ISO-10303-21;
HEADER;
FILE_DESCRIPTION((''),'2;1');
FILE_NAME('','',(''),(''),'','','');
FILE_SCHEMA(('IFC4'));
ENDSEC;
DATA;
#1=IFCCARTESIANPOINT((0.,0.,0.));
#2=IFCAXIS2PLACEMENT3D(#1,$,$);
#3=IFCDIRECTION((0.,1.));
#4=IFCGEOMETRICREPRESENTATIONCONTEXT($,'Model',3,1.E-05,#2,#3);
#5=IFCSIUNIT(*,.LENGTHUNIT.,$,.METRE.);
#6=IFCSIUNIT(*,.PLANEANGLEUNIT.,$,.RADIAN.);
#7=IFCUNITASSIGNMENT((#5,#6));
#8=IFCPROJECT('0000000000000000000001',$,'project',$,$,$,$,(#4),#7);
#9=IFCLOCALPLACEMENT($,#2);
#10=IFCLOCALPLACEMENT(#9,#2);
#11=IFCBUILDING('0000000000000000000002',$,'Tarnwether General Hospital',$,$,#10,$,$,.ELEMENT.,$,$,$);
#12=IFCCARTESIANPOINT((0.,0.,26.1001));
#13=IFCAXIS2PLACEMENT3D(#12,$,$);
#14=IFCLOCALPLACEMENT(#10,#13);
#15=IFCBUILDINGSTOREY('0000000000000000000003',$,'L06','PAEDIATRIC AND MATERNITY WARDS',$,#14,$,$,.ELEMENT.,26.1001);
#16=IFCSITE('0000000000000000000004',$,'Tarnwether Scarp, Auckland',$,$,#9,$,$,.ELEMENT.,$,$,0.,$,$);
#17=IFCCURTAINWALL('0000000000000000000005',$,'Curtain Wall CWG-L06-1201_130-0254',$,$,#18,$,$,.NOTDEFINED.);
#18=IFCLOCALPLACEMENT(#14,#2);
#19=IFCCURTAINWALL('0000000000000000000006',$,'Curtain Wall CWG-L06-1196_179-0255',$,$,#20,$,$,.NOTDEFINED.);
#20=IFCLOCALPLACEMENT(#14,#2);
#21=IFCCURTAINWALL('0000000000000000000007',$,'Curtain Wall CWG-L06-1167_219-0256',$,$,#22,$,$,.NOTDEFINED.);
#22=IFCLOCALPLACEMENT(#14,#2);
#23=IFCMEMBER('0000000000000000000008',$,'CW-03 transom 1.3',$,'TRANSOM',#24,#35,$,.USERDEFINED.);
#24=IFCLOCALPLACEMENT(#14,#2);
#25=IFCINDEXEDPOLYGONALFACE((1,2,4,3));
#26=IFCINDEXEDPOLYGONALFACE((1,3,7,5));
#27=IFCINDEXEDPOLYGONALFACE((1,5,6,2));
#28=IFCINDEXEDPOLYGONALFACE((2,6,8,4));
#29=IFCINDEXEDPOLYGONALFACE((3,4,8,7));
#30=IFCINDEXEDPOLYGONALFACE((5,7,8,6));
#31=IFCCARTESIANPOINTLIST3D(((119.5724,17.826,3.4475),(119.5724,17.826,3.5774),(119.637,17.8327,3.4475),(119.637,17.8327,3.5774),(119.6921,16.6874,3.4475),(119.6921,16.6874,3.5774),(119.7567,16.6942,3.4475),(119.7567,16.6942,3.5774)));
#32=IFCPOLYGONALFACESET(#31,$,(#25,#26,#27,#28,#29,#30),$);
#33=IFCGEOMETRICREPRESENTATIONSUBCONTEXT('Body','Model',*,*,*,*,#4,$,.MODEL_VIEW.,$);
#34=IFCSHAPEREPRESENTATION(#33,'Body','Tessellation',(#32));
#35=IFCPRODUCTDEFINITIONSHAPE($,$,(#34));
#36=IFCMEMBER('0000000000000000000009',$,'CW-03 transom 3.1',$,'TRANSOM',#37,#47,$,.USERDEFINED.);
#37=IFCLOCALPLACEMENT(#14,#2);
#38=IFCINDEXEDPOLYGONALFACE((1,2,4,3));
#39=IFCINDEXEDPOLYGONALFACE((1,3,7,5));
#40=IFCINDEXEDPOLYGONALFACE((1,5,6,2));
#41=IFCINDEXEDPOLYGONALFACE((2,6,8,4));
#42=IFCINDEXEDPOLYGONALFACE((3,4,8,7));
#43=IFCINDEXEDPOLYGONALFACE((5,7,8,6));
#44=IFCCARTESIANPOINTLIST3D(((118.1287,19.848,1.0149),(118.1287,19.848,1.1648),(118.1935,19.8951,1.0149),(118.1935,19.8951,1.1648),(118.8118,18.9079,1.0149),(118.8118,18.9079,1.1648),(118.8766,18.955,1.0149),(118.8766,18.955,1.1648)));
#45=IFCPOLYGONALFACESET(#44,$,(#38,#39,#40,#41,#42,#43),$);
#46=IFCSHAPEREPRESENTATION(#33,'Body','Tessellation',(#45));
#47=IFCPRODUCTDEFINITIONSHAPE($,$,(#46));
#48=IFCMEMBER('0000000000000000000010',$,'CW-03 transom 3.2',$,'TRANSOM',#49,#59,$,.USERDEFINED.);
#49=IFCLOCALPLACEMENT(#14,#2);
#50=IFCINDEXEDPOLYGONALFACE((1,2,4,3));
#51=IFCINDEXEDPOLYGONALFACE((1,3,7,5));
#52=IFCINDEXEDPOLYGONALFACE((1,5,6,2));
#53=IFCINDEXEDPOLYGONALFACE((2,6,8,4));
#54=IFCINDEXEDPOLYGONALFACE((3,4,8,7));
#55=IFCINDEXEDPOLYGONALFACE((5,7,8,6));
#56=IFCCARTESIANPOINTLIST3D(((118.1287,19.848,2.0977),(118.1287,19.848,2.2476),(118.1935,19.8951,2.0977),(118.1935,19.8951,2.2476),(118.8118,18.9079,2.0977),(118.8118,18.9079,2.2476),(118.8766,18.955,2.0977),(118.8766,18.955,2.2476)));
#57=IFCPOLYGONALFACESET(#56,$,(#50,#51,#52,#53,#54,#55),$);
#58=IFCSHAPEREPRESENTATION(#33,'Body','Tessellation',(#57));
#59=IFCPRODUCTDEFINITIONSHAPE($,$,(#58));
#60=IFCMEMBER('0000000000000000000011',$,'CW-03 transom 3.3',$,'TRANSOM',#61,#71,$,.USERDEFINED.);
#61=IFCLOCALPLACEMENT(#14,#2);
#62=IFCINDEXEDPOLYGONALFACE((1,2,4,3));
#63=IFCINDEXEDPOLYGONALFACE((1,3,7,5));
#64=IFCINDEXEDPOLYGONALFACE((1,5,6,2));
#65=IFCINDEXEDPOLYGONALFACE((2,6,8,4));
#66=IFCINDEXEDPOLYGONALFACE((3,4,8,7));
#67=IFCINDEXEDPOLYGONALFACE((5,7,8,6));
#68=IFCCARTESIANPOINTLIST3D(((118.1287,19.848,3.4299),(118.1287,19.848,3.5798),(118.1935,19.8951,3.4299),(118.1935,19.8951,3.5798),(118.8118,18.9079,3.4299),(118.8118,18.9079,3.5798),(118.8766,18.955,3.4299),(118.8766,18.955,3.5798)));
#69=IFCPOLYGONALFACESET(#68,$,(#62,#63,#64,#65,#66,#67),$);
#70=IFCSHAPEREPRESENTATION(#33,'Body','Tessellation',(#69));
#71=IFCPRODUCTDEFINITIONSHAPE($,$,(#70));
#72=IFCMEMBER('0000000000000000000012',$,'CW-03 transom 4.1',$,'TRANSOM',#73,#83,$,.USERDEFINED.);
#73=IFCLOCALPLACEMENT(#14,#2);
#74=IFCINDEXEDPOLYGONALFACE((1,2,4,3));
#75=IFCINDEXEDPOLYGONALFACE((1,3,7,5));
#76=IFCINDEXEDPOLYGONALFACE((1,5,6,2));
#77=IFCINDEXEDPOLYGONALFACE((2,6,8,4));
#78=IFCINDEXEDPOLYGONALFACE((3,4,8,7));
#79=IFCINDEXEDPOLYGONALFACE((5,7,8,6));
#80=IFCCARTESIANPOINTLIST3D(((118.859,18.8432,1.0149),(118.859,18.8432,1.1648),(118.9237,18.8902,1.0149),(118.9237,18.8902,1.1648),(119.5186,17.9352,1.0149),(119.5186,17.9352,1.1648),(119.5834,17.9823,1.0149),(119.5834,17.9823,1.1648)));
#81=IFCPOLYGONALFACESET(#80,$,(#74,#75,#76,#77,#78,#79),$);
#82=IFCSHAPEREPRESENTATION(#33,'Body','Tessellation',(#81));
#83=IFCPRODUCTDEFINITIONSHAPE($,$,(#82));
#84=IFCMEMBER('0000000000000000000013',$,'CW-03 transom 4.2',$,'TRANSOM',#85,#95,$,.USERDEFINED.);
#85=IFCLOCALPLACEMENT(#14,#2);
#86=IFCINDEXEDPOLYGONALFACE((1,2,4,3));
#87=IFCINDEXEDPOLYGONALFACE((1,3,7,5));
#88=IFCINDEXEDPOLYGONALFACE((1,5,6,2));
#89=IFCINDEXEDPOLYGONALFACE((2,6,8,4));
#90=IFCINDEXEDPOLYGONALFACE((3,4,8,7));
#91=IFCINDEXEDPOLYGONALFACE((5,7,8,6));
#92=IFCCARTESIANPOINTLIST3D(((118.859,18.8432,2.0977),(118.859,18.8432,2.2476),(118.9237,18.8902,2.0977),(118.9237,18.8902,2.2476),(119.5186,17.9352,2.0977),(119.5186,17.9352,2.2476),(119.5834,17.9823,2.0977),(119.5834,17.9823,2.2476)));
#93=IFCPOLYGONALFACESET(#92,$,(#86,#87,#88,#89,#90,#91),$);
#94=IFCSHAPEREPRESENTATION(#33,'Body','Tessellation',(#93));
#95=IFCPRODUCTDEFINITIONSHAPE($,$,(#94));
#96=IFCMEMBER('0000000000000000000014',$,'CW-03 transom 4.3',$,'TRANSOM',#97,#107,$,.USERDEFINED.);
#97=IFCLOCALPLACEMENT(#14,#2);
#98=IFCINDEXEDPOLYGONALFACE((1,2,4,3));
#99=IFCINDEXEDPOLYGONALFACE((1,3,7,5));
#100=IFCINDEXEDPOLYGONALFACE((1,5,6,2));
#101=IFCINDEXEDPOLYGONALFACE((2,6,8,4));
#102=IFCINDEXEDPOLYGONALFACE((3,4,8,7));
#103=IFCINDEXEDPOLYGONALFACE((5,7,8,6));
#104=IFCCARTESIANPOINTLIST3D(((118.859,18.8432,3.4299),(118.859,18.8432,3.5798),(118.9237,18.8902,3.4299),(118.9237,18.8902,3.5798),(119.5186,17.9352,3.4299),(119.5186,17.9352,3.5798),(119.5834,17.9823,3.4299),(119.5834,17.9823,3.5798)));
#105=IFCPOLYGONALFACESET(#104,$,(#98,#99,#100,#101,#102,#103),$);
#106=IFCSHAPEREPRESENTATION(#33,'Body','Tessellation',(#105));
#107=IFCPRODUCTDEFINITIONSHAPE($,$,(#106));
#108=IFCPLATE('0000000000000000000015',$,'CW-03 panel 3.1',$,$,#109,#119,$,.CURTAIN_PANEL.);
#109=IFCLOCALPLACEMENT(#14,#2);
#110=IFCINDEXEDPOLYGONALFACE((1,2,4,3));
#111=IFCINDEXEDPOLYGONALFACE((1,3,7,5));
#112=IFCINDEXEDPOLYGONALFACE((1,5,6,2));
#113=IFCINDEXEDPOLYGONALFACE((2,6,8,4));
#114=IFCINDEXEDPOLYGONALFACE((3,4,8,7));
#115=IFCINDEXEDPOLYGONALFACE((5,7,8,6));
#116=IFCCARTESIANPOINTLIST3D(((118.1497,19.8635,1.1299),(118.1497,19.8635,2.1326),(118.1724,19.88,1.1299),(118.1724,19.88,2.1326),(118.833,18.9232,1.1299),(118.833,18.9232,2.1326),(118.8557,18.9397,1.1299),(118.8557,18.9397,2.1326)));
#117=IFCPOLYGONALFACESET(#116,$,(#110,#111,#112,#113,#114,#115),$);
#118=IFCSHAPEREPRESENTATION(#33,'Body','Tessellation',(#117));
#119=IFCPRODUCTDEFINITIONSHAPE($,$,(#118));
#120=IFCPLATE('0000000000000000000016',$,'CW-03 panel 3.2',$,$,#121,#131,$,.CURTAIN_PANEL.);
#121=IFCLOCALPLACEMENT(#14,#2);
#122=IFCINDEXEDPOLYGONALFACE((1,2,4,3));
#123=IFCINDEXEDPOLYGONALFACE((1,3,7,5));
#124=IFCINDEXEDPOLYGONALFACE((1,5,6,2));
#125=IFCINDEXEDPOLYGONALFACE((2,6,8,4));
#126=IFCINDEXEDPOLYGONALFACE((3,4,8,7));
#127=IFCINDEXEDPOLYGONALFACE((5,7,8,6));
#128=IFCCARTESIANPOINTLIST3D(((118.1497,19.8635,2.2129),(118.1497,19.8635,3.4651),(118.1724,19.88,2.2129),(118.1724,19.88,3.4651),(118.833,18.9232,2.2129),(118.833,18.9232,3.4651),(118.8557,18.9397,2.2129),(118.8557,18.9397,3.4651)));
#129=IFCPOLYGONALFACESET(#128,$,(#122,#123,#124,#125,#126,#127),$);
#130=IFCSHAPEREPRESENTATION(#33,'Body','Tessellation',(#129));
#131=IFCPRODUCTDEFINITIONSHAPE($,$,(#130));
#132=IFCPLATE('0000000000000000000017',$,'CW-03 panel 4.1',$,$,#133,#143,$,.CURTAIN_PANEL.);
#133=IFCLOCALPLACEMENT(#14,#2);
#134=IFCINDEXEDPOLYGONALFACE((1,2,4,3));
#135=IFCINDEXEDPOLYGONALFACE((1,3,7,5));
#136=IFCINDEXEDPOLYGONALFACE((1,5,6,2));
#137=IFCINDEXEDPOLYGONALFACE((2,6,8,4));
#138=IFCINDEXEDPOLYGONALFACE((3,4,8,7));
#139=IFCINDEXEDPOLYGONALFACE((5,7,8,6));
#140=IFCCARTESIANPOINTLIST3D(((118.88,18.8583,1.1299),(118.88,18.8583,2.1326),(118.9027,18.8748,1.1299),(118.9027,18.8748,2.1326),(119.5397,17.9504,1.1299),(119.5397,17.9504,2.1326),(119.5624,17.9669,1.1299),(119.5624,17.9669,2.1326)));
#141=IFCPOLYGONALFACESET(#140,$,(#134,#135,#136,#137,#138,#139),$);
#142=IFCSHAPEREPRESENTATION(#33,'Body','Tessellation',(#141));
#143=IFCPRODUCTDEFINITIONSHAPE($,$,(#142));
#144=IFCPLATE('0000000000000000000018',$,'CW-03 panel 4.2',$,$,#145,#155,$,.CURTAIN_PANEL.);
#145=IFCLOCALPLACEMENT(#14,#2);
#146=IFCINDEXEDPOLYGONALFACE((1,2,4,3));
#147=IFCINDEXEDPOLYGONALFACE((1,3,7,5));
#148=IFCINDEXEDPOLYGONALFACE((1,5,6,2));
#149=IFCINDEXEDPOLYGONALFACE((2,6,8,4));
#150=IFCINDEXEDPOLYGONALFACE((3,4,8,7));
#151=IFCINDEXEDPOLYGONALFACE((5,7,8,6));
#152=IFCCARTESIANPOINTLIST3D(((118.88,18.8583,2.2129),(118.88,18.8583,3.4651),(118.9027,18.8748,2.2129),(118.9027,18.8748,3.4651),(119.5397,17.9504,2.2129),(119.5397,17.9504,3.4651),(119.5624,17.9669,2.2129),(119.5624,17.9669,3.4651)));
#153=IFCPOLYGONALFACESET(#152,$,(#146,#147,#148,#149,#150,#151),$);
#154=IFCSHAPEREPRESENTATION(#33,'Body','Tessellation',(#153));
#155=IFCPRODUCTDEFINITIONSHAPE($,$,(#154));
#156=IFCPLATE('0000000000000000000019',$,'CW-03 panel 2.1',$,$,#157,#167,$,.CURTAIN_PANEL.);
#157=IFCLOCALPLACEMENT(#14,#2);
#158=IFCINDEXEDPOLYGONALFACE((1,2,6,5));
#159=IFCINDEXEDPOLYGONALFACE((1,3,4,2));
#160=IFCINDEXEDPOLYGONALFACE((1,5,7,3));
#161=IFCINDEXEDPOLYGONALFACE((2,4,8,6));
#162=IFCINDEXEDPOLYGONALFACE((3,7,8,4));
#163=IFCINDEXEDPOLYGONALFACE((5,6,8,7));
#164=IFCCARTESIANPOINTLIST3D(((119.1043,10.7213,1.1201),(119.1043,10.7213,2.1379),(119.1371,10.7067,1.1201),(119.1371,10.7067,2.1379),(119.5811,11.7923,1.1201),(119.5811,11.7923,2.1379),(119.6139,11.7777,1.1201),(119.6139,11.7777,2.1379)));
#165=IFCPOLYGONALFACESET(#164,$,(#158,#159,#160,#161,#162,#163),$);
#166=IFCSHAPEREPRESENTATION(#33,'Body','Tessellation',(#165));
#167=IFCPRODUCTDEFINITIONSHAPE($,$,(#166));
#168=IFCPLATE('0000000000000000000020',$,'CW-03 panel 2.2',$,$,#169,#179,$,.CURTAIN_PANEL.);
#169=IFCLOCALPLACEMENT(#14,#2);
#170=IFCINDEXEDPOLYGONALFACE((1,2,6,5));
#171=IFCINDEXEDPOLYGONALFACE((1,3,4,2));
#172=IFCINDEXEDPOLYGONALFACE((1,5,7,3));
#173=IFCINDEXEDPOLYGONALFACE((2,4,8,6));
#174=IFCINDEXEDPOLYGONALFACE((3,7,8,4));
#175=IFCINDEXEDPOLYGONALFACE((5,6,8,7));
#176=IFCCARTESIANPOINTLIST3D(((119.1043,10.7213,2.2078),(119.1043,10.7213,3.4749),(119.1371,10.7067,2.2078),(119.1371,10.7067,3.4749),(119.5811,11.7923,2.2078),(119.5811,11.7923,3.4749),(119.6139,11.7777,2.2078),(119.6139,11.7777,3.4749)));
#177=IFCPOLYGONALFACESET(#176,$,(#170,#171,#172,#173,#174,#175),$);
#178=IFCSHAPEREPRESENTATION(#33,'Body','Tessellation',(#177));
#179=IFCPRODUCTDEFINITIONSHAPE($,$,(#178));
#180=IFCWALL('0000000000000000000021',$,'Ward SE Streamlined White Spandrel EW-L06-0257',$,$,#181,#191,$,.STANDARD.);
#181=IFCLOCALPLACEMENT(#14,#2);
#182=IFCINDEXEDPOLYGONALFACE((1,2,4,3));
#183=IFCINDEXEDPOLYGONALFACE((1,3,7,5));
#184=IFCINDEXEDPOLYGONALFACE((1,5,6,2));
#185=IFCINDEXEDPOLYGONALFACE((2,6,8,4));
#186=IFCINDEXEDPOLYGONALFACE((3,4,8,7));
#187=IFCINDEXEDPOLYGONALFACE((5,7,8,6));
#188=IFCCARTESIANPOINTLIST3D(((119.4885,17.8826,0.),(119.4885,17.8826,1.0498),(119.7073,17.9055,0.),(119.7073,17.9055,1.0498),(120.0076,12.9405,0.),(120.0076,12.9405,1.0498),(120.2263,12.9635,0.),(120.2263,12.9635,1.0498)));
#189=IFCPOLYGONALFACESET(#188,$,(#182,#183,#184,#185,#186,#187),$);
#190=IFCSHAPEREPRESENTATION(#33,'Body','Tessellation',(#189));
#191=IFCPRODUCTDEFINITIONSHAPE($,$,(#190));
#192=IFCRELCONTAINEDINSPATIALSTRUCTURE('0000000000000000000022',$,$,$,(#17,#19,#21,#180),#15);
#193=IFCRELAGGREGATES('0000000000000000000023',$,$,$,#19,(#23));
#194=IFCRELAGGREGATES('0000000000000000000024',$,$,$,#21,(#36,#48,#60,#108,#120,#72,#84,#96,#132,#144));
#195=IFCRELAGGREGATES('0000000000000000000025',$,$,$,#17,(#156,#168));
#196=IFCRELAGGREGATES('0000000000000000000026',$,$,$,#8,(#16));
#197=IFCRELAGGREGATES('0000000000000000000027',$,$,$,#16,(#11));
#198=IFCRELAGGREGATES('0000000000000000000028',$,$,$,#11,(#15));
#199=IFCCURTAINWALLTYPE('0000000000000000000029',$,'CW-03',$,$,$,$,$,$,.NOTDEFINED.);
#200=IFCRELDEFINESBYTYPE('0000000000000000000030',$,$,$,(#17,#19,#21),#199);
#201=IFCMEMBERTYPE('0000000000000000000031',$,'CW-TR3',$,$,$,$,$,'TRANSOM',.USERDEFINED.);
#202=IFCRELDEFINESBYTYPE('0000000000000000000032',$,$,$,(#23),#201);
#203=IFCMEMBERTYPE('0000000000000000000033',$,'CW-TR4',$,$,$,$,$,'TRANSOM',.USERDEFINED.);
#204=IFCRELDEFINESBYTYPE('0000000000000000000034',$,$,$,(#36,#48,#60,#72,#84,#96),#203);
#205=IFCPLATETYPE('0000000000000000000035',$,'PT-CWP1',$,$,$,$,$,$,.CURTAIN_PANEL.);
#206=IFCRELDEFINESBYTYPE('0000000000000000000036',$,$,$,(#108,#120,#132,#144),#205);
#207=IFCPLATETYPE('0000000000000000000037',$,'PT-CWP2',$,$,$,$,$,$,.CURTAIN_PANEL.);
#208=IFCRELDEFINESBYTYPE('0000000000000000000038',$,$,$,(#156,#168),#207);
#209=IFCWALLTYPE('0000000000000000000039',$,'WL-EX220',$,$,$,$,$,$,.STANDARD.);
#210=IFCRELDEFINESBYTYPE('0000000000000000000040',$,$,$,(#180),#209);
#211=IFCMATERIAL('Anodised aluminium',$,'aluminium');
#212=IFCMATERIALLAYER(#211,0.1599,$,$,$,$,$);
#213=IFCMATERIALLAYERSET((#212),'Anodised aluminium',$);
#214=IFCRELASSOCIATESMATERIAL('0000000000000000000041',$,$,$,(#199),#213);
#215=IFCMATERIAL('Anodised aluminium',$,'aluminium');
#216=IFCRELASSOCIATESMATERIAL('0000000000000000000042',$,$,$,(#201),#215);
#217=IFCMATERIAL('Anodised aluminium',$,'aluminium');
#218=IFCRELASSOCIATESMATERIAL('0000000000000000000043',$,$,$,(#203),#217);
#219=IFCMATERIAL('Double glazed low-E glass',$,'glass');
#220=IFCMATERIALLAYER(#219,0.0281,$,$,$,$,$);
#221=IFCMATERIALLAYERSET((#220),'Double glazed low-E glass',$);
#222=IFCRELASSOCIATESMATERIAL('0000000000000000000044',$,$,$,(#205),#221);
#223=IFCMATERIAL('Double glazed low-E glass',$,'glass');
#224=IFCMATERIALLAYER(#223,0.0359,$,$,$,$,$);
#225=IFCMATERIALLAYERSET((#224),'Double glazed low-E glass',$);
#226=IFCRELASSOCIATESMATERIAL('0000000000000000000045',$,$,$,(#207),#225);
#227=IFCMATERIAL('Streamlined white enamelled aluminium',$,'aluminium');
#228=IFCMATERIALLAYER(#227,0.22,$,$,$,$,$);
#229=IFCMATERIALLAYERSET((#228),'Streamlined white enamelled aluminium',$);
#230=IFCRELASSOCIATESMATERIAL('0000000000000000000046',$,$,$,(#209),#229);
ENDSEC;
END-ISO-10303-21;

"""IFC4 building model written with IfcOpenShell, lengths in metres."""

from ifc_helpers import new_model, si_unit, direction, frame, frame_2d, origin, origin_2d, place, context, subcontext, project, spatial, rectangle, extrude, material, layer, layer_set, material_profile, profile_set, type_object, element, aggregate, save


model = new_model("IFC4")

# Units and contexts
model_context = context("Model", 3, precision=1e-05, world=origin(), true_north=direction((0.0, 1.0)))
body_context = subcontext(model_context, "Body", "Model", "MODEL_VIEW")
ifc_project = project(units=[si_unit("LENGTHUNIT", "METRE"), si_unit("PLANEANGLEUNIT", "RADIAN")], contexts=[model_context])

# Site, building, storey
site_placement = place(None, origin())
site = spatial("IfcSite", under=ifc_project, at=site_placement, Name="Tarnwether Scarp, Auckland", CompositionType="ELEMENT", RefElevation=0.0)
building_placement = place(site_placement, origin())
building = spatial("IfcBuilding", under=site, at=building_placement, Name="Tarnwether General Hospital", CompositionType="ELEMENT")
storey_placement = place(building_placement, frame((0.0, 0.0, 26.1001)))
storey = spatial("IfcBuildingStorey", under=building, at=storey_placement, Name="L06", Description="PAEDIATRIC AND MATERNITY WARDS", CompositionType="ELEMENT", Elevation=26.1001)

# Curtain walls
ifc_material_1 = material(Name="Anodised aluminium", Category="aluminium")
ifc_layer_1 = layer(ifc_material_1, 0.1599)
ifc_layer_set_1 = layer_set([ifc_layer_1], Name="Anodised aluminium")
curtain_wall_type = type_object("IfcCurtainWallType", Name="CW-03", PredefinedType="NOTDEFINED", material=ifc_layer_set_1)
curtain_wall_1_placement = place(storey_placement, origin())
curtain_wall_1 = element("IfcCurtainWall", 1, at=curtain_wall_1_placement, inside=storey, type_object=curtain_wall_type, Name="Curtain Wall CWG-L06-1201_130-0254", PredefinedType="NOTDEFINED")
curtain_wall_2_placement = place(storey_placement, origin())
curtain_wall_2 = element("IfcCurtainWall", 2, at=curtain_wall_2_placement, inside=storey, type_object=curtain_wall_type, Name="Curtain Wall CWG-L06-1196_179-0255", PredefinedType="NOTDEFINED")

# Curtain wall
curtain_wall_3_placement = place(storey_placement, origin())
curtain_wall_3 = element("IfcCurtainWall", 3, at=curtain_wall_3_placement, inside=storey, type_object=curtain_wall_type, Name="Curtain Wall CWG-L06-1167_219-0256", PredefinedType="NOTDEFINED")

# Members
ifc_material_2 = material(Name="Anodised aluminium", Category="aluminium")
ifc_material_profile_1 = material_profile(ifc_material_2, rectangle(XDim=0.0649, YDim=0.1299, at=origin_2d()), Name="ALU-TRN-65x130")
ifc_profile_set_1 = profile_set([ifc_material_profile_1], Name="Anodised aluminium")
member_type_1 = type_object("IfcMemberType", Name="CW-TR3", ElementType="TRANSOM", PredefinedType="USERDEFINED", material=ifc_profile_set_1)
member_1_placement = place(storey_placement, frame((119.6047, 17.8293, 3.5125), z_axis=(0.104507, -0.994524, 0.0), x_axis=(0.994524, 0.104507, 0.0)))
member_1 = element("IfcMember", 4, at=member_1_placement, type_object=member_type_1, Name="CW-03 transom 1.3", ObjectType="TRANSOM", PredefinedType="USERDEFINED", context=body_context, shape_type="SweptSolid", body=[
    extrude(rectangle(XDim=0.0649, YDim=0.1299, at=origin_2d()), origin(), (0.0, 0.0, 1.0), 1.1448),
])
aggregate(curtain_wall_2, [member_1])
ifc_material_3 = material(Name="Anodised aluminium", Category="aluminium")
ifc_material_profile_2 = material_profile(ifc_material_3, rectangle(XDim=0.0801, YDim=0.1499, at=origin_2d()), Name="ALU-TRN-80x150")
ifc_profile_set_2 = profile_set([ifc_material_profile_2], Name="Anodised aluminium")
member_type_2 = type_object("IfcMemberType", Name="CW-TR4", ElementType="TRANSOM", PredefinedType="USERDEFINED", material=ifc_profile_set_2)
member_2_placement = place(storey_placement, frame((118.1611, 19.8716, 1.0898), z_axis=(0.587797, -0.809009, 0.0), x_axis=(0.809009, 0.587797, 0.0)))
member_2 = element("IfcMember", 5, at=member_2_placement, type_object=member_type_2, Name="CW-03 transom 3.1", ObjectType="TRANSOM", PredefinedType="USERDEFINED", context=body_context, shape_type="SweptSolid", body=[
    extrude(rectangle(XDim=0.0801, YDim=0.1499, at=origin_2d()), origin(), (0.0, 0.0, 1.0), 1.1621),
])
member_3_placement = place(storey_placement, frame((118.1611, 19.8716, 2.1726), z_axis=(0.587797, -0.809009, 0.0), x_axis=(0.809009, 0.587797, 0.0)))
member_3 = element("IfcMember", 6, at=member_3_placement, type_object=member_type_2, Name="CW-03 transom 3.2", ObjectType="TRANSOM", PredefinedType="USERDEFINED", context=body_context, shape_type="SweptSolid", body=[
    extrude(rectangle(XDim=0.0801, YDim=0.1499, at=origin_2d()), origin(), (0.0, 0.0, 1.0), 1.1621),
])
member_4_placement = place(storey_placement, frame((118.1611, 19.8716, 3.5049), z_axis=(0.587797, -0.809009, 0.0), x_axis=(0.809009, 0.587797, 0.0)))
member_4 = element("IfcMember", 7, at=member_4_placement, type_object=member_type_2, Name="CW-03 transom 3.3", ObjectType="TRANSOM", PredefinedType="USERDEFINED", context=body_context, shape_type="SweptSolid", body=[
    extrude(rectangle(XDim=0.0801, YDim=0.1499, at=origin_2d()), origin(), (0.0, 0.0, 1.0), 1.1621),
])
member_5_placement = place(storey_placement, frame((118.8914, 18.8667, 1.0898), z_axis=(0.587784, -0.809018, 0.0), x_axis=(0.809018, 0.587784, 0.0)))
member_5 = element("IfcMember", 8, at=member_5_placement, type_object=member_type_2, Name="CW-03 transom 4.1", ObjectType="TRANSOM", PredefinedType="USERDEFINED", context=body_context, shape_type="SweptSolid", body=[
    extrude(rectangle(XDim=0.0801, YDim=0.1499, at=origin_2d()), origin(), (0.0, 0.0, 1.0), 1.1223),
])
member_6_placement = place(storey_placement, frame((118.8914, 18.8667, 2.1726), z_axis=(0.587784, -0.809018, 0.0), x_axis=(0.809018, 0.587784, 0.0)))
member_6 = element("IfcMember", 9, at=member_6_placement, type_object=member_type_2, Name="CW-03 transom 4.2", ObjectType="TRANSOM", PredefinedType="USERDEFINED", context=body_context, shape_type="SweptSolid", body=[
    extrude(rectangle(XDim=0.0801, YDim=0.1499, at=origin_2d()), origin(), (0.0, 0.0, 1.0), 1.1223),
])
member_7_placement = place(storey_placement, frame((118.8914, 18.8667, 3.5049), z_axis=(0.587784, -0.809018, 0.0), x_axis=(0.809018, 0.587784, 0.0)))
member_7 = element("IfcMember", 10, at=member_7_placement, type_object=member_type_2, Name="CW-03 transom 4.3", ObjectType="TRANSOM", PredefinedType="USERDEFINED", context=body_context, shape_type="SweptSolid", body=[
    extrude(rectangle(XDim=0.0801, YDim=0.1499, at=origin_2d()), origin(), (0.0, 0.0, 1.0), 1.1223),
])

# Plates
ifc_material_4 = material(Name="Double glazed low-E glass", Category="glass")
ifc_layer_2 = layer(ifc_material_4, 0.0281)
ifc_layer_set_2 = layer_set([ifc_layer_2], Name="Double glazed low-E glass")
plate_type_1 = type_object("IfcPlateType", Name="PT-CWP1", PredefinedType="CURTAIN_PANEL", material=ifc_layer_set_2)
plate_1_placement = place(storey_placement, frame((118.5027, 19.4016, 1.1299), z_axis=(0.0, 0.0, 1.0), x_axis=(0.587825, -0.808988, 0.0)))
plate_1 = element("IfcPlate", 11, at=plate_1_placement, type_object=plate_type_1, Name="CW-03 panel 3.1", PredefinedType="CURTAIN_PANEL", context=body_context, shape_type="SweptSolid", body=[
    extrude(rectangle(XDim=1.1624, YDim=0.0281, at=origin_2d()), origin(), (0.0, 0.0, 1.0), 1.0027),
])
plate_2_placement = place(storey_placement, frame((118.5027, 19.4016, 2.2129), z_axis=(0.0, 0.0, 1.0), x_axis=(0.587825, -0.808988, 0.0)))
plate_2 = element("IfcPlate", 12, at=plate_2_placement, type_object=plate_type_1, Name="CW-03 panel 3.2", PredefinedType="CURTAIN_PANEL", context=body_context, shape_type="SweptSolid", body=[
    extrude(rectangle(XDim=1.1624, YDim=0.0281, at=origin_2d()), origin(), (0.0, 0.0, 1.0), 1.2522),
])
plate_3_placement = place(storey_placement, frame((119.2212, 18.4126, 1.1299), z_axis=(0.0, 0.0, 1.0), x_axis=(0.587825, -0.808988, 0.0)))
plate_3 = element("IfcPlate", 13, at=plate_3_placement, type_object=plate_type_1, Name="CW-03 panel 4.1", PredefinedType="CURTAIN_PANEL", context=body_context, shape_type="SweptSolid", body=[
    extrude(rectangle(XDim=1.1223, YDim=0.0281, at=origin_2d()), origin(), (0.0, 0.0, 1.0), 1.0027),
])
plate_4_placement = place(storey_placement, frame((119.2212, 18.4126, 2.2129), z_axis=(0.0, 0.0, 1.0), x_axis=(0.587825, -0.808988, 0.0)))
plate_4 = element("IfcPlate", 14, at=plate_4_placement, type_object=plate_type_1, Name="CW-03 panel 4.2", PredefinedType="CURTAIN_PANEL", context=body_context, shape_type="SweptSolid", body=[
    extrude(rectangle(XDim=1.1223, YDim=0.0281, at=origin_2d()), origin(), (0.0, 0.0, 1.0), 1.2522),
])
aggregate(curtain_wall_3, [member_2, member_3, member_4, plate_1, plate_2, member_5, member_6, member_7, plate_3, plate_4])
ifc_material_5 = material(Name="Double glazed low-E glass", Category="glass")
ifc_layer_3 = layer(ifc_material_5, 0.0359)
ifc_layer_set_3 = layer_set([ifc_layer_3], Name="Double glazed low-E glass")
plate_type_2 = type_object("IfcPlateType", Name="PT-CWP2", PredefinedType="CURTAIN_PANEL", material=ifc_layer_set_3)
plate_5_placement = place(storey_placement, frame((119.3591, 11.2495, 1.1201), z_axis=(0.0, 0.0, 1.0), x_axis=(-0.40668, -0.913571, 0.0)))
plate_5 = element("IfcPlate", 15, at=plate_5_placement, type_object=plate_type_2, Name="CW-03 panel 2.1", PredefinedType="CURTAIN_PANEL", context=body_context, shape_type="SweptSolid", body=[
    extrude(rectangle(XDim=1.1724, YDim=0.0359, at=origin_2d()), origin(), (0.0, 0.0, 1.0), 1.0178),
])
plate_6_placement = place(storey_placement, frame((119.3591, 11.2495, 2.2078), z_axis=(0.0, 0.0, 1.0), x_axis=(-0.40668, -0.913571, 0.0)))
plate_6 = element("IfcPlate", 16, at=plate_6_placement, type_object=plate_type_2, Name="CW-03 panel 2.2", PredefinedType="CURTAIN_PANEL", context=body_context, shape_type="SweptSolid", body=[
    extrude(rectangle(XDim=1.1724, YDim=0.0359, at=origin_2d()), origin(), (0.0, 0.0, 1.0), 1.2671),
])
aggregate(curtain_wall_1, [plate_5, plate_6])

# Wall
ifc_material_6 = material(Name="Streamlined white enamelled aluminium", Category="aluminium")
ifc_layer_4 = layer(ifc_material_6, 0.22)
ifc_layer_set_4 = layer_set([ifc_layer_4], Name="Streamlined white enamelled aluminium")
wall_type_1 = type_object("IfcWallType", Name="WL-EX220", PredefinedType="STANDARD", material=ifc_layer_set_4)
wall_1_placement = place(storey_placement, frame((119.5979, 17.894, 0.0), z_axis=(0.0, 0.0, 1.0), x_axis=(0.104449, -0.99453, 0.0)))
element("IfcWall", 17, at=wall_1_placement, inside=storey, type_object=wall_type_1, Name="Ward SE Streamlined White Spandrel EW-L06-0257", PredefinedType="STANDARD", context=body_context, shape_type="SweptSolid", body=[
    extrude(rectangle(XDim=4.9692, YDim=0.22, at=frame_2d((2.4846, 0.0))), origin(), (0.0, 0.0, 1.0), 1.0498),
])

save(model, "model.ifc")
